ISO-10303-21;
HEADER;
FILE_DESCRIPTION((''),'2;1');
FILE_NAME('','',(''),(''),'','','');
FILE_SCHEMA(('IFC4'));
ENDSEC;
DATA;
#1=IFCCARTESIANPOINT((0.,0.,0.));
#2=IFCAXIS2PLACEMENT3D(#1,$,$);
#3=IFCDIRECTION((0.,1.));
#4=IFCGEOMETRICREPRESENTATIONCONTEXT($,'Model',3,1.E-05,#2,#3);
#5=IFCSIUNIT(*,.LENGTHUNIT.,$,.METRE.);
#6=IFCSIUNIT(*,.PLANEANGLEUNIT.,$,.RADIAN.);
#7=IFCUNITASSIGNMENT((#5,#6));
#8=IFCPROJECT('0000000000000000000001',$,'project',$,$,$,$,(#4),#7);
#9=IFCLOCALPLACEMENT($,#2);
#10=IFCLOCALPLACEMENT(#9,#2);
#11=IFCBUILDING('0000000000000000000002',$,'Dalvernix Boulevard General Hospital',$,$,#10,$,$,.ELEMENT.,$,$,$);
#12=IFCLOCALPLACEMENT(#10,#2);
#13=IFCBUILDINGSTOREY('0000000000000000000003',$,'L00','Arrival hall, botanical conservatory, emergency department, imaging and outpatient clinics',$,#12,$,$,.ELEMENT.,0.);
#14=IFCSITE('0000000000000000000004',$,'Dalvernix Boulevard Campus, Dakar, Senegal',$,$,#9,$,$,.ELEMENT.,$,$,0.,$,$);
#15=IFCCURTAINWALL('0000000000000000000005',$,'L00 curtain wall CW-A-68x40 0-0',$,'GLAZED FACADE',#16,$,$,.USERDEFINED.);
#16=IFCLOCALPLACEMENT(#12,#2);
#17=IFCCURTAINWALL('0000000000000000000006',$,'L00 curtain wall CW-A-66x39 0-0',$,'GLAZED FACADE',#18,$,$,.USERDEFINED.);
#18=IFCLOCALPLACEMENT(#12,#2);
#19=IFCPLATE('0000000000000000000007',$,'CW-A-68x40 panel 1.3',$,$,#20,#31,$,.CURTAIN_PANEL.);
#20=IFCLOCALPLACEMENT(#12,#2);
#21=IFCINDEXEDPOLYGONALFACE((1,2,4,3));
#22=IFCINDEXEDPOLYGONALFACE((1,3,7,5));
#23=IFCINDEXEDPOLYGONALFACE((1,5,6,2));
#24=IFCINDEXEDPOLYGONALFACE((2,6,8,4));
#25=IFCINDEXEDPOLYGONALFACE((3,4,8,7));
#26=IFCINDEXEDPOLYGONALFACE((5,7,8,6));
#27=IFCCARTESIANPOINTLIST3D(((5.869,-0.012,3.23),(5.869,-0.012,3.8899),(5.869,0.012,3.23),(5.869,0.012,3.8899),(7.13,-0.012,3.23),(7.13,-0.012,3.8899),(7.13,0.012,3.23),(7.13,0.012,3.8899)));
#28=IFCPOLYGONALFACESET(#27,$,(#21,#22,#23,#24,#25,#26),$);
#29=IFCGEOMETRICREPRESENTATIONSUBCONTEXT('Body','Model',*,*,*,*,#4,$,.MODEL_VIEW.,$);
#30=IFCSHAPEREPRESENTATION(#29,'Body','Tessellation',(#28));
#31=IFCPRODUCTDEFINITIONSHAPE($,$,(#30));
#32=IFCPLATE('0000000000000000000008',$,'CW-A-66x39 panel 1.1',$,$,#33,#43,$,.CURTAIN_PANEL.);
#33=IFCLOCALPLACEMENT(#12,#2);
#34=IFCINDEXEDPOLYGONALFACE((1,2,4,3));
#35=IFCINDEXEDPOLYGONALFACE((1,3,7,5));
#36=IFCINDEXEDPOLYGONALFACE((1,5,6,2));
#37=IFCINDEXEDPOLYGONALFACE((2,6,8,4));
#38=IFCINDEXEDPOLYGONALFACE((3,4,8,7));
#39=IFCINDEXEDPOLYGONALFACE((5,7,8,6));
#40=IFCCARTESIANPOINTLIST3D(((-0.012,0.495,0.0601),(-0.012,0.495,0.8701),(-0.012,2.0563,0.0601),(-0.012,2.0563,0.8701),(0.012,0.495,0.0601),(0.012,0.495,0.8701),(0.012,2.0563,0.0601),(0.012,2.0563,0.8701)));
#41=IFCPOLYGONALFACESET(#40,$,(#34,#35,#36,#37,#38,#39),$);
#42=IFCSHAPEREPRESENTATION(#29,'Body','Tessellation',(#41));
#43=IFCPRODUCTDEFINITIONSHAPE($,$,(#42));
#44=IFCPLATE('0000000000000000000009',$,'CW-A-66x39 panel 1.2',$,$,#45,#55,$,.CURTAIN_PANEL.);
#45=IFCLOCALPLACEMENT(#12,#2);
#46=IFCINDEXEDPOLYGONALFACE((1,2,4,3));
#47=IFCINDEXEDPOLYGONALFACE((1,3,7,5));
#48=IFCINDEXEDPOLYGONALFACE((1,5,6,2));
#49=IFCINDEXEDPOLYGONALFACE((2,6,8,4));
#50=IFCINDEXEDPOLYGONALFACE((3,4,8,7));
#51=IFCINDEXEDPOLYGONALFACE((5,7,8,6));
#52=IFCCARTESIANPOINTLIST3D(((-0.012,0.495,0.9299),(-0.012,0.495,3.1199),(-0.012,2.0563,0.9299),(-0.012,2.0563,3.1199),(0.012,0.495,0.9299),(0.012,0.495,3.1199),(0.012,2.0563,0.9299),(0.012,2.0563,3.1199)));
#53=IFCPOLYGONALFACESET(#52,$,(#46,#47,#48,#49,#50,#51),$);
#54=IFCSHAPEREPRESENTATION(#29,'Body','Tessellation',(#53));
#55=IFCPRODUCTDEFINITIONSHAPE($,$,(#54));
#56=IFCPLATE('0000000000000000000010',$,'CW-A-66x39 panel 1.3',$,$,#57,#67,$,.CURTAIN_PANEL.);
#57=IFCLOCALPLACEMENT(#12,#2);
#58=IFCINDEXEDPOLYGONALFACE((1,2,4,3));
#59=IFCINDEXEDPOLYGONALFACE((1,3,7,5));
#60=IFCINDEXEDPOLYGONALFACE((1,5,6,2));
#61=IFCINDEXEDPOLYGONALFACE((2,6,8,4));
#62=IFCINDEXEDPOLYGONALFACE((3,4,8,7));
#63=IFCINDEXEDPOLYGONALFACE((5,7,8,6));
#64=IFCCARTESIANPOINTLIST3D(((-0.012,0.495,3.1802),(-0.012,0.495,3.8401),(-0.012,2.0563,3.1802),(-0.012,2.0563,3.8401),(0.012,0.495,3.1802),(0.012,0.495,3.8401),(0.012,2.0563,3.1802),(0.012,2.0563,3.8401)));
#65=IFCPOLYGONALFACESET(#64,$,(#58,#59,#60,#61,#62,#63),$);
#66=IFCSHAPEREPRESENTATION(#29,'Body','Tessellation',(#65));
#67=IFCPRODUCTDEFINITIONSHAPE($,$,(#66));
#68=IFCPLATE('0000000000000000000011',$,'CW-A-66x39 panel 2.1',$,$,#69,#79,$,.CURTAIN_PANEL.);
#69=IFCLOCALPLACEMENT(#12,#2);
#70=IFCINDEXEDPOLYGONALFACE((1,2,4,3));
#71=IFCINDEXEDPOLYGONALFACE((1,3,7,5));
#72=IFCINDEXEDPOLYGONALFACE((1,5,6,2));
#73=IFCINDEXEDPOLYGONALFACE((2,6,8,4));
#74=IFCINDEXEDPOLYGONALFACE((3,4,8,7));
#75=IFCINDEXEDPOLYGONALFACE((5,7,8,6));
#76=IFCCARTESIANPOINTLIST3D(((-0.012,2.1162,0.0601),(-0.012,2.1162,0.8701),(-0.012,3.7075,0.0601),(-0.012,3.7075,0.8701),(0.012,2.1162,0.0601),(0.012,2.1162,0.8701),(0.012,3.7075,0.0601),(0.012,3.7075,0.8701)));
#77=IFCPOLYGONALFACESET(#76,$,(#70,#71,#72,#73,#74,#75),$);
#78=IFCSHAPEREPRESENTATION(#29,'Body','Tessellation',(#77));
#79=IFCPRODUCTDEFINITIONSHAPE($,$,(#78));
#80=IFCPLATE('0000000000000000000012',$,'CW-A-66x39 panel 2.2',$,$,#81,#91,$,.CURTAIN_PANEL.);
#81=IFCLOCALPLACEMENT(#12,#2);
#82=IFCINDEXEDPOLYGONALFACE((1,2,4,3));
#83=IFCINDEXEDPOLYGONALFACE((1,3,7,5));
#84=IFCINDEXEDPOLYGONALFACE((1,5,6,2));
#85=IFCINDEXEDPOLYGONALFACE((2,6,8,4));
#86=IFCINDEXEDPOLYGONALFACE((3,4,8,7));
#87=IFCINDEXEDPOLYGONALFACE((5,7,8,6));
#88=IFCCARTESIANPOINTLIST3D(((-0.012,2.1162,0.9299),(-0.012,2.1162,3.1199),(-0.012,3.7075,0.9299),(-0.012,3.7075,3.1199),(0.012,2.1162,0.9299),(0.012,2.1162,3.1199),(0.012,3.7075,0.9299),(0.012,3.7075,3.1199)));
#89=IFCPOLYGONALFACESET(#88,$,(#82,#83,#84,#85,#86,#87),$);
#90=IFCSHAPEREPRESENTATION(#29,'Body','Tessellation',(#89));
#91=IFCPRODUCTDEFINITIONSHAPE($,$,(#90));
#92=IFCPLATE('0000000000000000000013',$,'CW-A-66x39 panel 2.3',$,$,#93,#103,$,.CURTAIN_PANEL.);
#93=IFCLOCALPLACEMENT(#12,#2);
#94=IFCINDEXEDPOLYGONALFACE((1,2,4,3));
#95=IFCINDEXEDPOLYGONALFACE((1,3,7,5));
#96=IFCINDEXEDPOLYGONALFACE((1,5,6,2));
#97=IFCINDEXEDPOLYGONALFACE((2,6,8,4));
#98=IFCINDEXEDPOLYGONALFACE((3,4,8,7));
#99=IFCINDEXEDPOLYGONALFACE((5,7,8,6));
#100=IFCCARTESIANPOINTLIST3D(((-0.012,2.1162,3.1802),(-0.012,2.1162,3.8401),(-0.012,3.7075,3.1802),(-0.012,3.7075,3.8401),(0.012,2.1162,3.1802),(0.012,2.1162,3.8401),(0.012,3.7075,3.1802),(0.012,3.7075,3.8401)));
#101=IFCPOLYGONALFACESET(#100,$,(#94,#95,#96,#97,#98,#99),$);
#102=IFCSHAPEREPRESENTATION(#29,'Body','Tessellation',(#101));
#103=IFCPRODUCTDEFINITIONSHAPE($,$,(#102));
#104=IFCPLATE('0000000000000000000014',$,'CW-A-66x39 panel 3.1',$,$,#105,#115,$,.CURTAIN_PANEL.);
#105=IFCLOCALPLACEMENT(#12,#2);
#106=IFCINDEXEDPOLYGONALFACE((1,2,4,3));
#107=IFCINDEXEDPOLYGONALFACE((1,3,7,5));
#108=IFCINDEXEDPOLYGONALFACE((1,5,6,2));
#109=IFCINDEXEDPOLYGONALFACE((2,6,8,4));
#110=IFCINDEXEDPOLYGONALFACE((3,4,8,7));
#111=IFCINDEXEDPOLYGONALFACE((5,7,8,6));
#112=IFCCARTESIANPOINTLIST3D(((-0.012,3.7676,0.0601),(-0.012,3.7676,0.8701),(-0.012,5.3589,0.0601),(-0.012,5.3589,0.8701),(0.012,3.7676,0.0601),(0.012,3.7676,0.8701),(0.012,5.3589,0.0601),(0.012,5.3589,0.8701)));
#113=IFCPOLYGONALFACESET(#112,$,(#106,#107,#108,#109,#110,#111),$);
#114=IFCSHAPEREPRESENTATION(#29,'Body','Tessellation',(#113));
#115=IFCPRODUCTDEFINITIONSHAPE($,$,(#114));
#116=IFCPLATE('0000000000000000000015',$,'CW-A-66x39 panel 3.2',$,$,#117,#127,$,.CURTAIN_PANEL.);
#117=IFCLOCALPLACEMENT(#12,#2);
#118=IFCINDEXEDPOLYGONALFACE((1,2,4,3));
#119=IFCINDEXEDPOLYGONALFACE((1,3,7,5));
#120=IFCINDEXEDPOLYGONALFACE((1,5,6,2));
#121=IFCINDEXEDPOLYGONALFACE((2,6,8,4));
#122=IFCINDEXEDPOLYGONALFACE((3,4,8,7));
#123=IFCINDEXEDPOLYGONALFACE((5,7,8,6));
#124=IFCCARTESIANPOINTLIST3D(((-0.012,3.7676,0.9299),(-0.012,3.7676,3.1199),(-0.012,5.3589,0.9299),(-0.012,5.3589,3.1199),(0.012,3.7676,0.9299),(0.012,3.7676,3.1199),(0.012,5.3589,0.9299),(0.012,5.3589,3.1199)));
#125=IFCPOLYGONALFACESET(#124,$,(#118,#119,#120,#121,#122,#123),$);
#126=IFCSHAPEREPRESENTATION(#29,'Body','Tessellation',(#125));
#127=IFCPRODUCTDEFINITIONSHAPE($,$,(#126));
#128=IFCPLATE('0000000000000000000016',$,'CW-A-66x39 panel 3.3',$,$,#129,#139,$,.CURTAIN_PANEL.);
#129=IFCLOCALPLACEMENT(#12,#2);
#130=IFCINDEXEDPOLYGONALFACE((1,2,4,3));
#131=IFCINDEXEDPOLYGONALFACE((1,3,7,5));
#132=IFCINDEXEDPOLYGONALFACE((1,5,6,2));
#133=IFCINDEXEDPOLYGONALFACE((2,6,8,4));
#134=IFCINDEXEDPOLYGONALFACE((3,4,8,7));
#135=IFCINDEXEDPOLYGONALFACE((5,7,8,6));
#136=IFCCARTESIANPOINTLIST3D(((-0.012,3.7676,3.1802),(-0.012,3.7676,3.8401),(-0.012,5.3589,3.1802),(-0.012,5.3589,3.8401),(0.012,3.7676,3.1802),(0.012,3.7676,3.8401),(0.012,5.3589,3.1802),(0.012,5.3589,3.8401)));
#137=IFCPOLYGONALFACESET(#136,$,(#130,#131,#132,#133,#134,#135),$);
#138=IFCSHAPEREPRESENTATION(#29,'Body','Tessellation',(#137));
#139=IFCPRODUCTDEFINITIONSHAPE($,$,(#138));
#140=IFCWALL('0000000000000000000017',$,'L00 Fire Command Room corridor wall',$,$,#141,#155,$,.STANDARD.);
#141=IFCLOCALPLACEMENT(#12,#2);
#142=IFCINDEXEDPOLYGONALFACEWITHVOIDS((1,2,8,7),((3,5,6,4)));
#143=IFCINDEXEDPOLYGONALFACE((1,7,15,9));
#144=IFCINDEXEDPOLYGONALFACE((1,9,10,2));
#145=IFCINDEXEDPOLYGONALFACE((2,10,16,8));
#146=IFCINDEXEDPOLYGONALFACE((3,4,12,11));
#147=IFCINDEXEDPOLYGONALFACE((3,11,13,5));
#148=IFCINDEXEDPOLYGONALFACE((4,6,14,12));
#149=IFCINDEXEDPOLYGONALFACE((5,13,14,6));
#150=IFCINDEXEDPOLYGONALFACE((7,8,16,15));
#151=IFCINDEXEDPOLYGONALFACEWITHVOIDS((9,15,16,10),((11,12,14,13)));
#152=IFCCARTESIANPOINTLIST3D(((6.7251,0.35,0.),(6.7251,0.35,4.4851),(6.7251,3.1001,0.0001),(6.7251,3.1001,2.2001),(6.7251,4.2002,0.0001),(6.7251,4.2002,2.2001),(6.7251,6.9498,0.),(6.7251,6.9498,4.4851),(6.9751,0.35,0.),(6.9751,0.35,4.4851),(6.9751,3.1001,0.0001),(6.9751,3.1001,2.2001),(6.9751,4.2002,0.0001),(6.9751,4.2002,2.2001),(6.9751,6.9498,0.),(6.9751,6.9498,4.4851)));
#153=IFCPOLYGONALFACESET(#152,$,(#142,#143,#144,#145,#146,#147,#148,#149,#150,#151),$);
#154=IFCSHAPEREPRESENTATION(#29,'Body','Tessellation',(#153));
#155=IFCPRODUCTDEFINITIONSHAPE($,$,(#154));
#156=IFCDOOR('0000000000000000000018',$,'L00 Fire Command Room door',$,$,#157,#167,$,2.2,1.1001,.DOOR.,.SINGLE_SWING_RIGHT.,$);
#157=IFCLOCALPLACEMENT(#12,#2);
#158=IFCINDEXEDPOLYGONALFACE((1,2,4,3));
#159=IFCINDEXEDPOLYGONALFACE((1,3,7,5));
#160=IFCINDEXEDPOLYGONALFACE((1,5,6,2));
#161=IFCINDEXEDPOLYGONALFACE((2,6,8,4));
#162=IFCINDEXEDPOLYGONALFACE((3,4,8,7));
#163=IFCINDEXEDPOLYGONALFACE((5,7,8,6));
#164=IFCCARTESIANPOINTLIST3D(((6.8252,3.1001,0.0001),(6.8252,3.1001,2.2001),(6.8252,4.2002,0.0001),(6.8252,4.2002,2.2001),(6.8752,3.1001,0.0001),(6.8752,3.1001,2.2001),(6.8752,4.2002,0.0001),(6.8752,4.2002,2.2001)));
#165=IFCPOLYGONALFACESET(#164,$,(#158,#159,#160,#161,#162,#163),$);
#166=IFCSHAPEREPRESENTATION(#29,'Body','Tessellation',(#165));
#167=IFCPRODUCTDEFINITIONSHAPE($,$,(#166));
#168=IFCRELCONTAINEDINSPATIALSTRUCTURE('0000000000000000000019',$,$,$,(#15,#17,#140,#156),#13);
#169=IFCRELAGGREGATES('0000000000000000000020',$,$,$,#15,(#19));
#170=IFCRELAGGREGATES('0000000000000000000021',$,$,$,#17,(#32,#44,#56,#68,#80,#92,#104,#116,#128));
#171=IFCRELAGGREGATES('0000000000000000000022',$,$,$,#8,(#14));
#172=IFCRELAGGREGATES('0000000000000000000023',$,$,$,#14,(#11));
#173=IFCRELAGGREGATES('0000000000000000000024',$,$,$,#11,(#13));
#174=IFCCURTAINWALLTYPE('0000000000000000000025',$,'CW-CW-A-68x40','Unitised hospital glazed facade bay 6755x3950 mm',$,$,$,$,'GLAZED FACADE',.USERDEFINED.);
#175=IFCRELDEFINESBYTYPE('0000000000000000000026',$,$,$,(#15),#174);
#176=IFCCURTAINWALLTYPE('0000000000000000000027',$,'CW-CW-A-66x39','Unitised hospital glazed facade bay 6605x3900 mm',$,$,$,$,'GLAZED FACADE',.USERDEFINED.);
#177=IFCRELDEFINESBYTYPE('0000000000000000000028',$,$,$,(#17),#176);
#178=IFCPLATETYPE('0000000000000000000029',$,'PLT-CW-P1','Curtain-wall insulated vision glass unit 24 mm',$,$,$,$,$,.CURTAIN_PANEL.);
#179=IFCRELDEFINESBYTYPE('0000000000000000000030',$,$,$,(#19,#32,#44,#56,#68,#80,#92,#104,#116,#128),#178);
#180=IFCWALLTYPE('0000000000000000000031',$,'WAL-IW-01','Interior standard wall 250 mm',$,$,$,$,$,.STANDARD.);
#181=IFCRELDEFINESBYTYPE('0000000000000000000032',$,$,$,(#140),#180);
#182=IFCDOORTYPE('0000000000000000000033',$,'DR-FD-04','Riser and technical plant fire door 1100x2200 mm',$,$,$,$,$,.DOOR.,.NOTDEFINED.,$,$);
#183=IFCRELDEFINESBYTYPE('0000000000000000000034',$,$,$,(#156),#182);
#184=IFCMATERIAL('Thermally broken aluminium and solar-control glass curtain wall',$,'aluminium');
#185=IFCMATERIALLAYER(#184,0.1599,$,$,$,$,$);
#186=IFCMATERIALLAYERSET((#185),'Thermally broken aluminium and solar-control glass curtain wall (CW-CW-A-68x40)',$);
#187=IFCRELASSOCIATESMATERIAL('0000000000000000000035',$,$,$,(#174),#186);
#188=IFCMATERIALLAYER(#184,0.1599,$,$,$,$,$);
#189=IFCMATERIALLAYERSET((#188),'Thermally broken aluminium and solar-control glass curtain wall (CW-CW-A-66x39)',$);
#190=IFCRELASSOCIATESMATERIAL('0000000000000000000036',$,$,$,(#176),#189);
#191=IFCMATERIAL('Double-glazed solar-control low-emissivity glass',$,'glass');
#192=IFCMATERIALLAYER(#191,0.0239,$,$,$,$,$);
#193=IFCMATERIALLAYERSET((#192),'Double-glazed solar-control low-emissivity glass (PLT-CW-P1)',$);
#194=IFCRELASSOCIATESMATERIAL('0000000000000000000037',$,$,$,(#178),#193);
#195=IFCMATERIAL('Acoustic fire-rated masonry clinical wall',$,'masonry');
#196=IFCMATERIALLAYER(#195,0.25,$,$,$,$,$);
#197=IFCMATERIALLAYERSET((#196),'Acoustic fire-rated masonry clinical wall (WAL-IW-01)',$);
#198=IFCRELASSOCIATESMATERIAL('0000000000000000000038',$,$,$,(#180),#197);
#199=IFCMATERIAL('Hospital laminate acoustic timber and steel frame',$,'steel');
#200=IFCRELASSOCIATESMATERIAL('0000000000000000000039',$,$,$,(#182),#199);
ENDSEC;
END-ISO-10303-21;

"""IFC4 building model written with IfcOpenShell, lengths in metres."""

from ifc_helpers import new_model, si_unit, direction, frame, frame_2d, origin, origin_2d, place, context, subcontext, project, spatial, rectangle, extrude, material, layer, layer_set, type_object, element, fill, aggregate, save


model = new_model("IFC4")

# Units and contexts
model_context = context("Model", 3, precision=1e-05, world=origin(), true_north=direction((0.0, 1.0)))
body_context = subcontext(model_context, "Body", "Model", "MODEL_VIEW")
ifc_project = project(units=[si_unit("LENGTHUNIT", "METRE"), si_unit("PLANEANGLEUNIT", "RADIAN")], contexts=[model_context])

# Site, building, storey
site_placement = place(None, origin())
site = spatial("IfcSite", under=ifc_project, at=site_placement, Name="Dalvernix Boulevard Campus, Dakar, Senegal", CompositionType="ELEMENT", RefElevation=0.0)
building_placement = place(site_placement, origin())
building = spatial("IfcBuilding", under=site, at=building_placement, Name="Dalvernix Boulevard General Hospital", CompositionType="ELEMENT")
storey_placement = place(building_placement, origin())
storey = spatial("IfcBuildingStorey", under=building, at=storey_placement, Name="L00", Description="Arrival hall, botanical conservatory, emergency department, imaging and outpatient clinics", CompositionType="ELEMENT", Elevation=0.0)

# Curtain wall
ifc_material_1 = material(Name="Thermally broken aluminium and solar-control glass curtain wall", Category="aluminium")
ifc_layer_1 = layer(ifc_material_1, 0.1599)
ifc_layer_set_1 = layer_set([ifc_layer_1], Name="Thermally broken aluminium and solar-control glass curtain wall (CW-CW-A-68x40)")
curtain_wall_type_1 = type_object("IfcCurtainWallType", Name="CW-CW-A-68x40", Description="Unitised hospital glazed facade bay 6755x3950 mm", ElementType="GLAZED FACADE", PredefinedType="USERDEFINED", material=ifc_layer_set_1)
curtain_wall_1_placement = place(storey_placement, origin())
curtain_wall_1 = element("IfcCurtainWall", 1, at=curtain_wall_1_placement, inside=storey, type_object=curtain_wall_type_1, Name="L00 curtain wall CW-A-68x40 0-0", ObjectType="GLAZED FACADE", PredefinedType="USERDEFINED")

# Curtain wall
ifc_layer_2 = layer(ifc_material_1, 0.1599)
ifc_layer_set_2 = layer_set([ifc_layer_2], Name="Thermally broken aluminium and solar-control glass curtain wall (CW-CW-A-66x39)")
curtain_wall_type_2 = type_object("IfcCurtainWallType", Name="CW-CW-A-66x39", Description="Unitised hospital glazed facade bay 6605x3900 mm", ElementType="GLAZED FACADE", PredefinedType="USERDEFINED", material=ifc_layer_set_2)
curtain_wall_2_placement = place(storey_placement, origin())
curtain_wall_2 = element("IfcCurtainWall", 2, at=curtain_wall_2_placement, inside=storey, type_object=curtain_wall_type_2, Name="L00 curtain wall CW-A-66x39 0-0", ObjectType="GLAZED FACADE", PredefinedType="USERDEFINED")

# Plates
ifc_material_2 = material(Name="Double-glazed solar-control low-emissivity glass", Category="glass")
ifc_layer_3 = layer(ifc_material_2, 0.0239)
ifc_layer_set_3 = layer_set([ifc_layer_3], Name="Double-glazed solar-control low-emissivity glass (PLT-CW-P1)")
plate_type = type_object("IfcPlateType", Name="PLT-CW-P1", Description="Curtain-wall insulated vision glass unit 24 mm", PredefinedType="CURTAIN_PANEL", material=ifc_layer_set_3)
plate_1_placement = place(storey_placement, frame((6.4995, 0.0, 3.23), z_axis=(0.0, 0.0, 1.0), x_axis=(-1.0, 0.0, 0.0)))
plate_1 = element("IfcPlate", 3, at=plate_1_placement, type_object=plate_type, Name="CW-A-68x40 panel 1.3", PredefinedType="CURTAIN_PANEL", context=body_context, shape_type="SweptSolid", body=[
    extrude(rectangle(XDim=1.261, YDim=0.0239, at=origin_2d()), origin(), (0.0, 0.0, 1.0), 0.6599),
])
aggregate(curtain_wall_1, [plate_1])
plate_2_placement = place(storey_placement, frame((0.0, 1.2756, 0.0601), z_axis=(0.0, 0.0, 1.0), x_axis=(0.0, 1.0, 0.0)))
plate_2 = element("IfcPlate", 4, at=plate_2_placement, type_object=plate_type, Name="CW-A-66x39 panel 1.1", PredefinedType="CURTAIN_PANEL", context=body_context, shape_type="SweptSolid", body=[
    extrude(rectangle(XDim=1.5613, YDim=0.0239, at=origin_2d()), origin(), (0.0, 0.0, 1.0), 0.8101),
])
plate_3_placement = place(storey_placement, frame((0.0, 1.2756, 0.9299), z_axis=(0.0, 0.0, 1.0), x_axis=(0.0, 1.0, 0.0)))
plate_3 = element("IfcPlate", 5, at=plate_3_placement, type_object=plate_type, Name="CW-A-66x39 panel 1.2", PredefinedType="CURTAIN_PANEL", context=body_context, shape_type="SweptSolid", body=[
    extrude(rectangle(XDim=1.5613, YDim=0.0239, at=origin_2d()), origin(), (0.0, 0.0, 1.0), 2.1899),
])
plate_4_placement = place(storey_placement, frame((0.0, 1.2756, 3.1802), z_axis=(0.0, 0.0, 1.0), x_axis=(0.0, 1.0, 0.0)))
plate_4 = element("IfcPlate", 6, at=plate_4_placement, type_object=plate_type, Name="CW-A-66x39 panel 1.3", PredefinedType="CURTAIN_PANEL", context=body_context, shape_type="SweptSolid", body=[
    extrude(rectangle(XDim=1.5613, YDim=0.0239, at=origin_2d()), origin(), (0.0, 0.0, 1.0), 0.6599),
])
plate_5_placement = place(storey_placement, frame((0.0, 2.9119, 0.0601), z_axis=(0.0, 0.0, 1.0), x_axis=(0.0, 1.0, 0.0)))
plate_5 = element("IfcPlate", 7, at=plate_5_placement, type_object=plate_type, Name="CW-A-66x39 panel 2.1", PredefinedType="CURTAIN_PANEL", context=body_context, shape_type="SweptSolid", body=[
    extrude(rectangle(XDim=1.5913, YDim=0.0239, at=origin_2d()), origin(), (0.0, 0.0, 1.0), 0.8101),
])
plate_6_placement = place(storey_placement, frame((0.0, 2.9119, 0.9299), z_axis=(0.0, 0.0, 1.0), x_axis=(0.0, 1.0, 0.0)))
plate_6 = element("IfcPlate", 8, at=plate_6_placement, type_object=plate_type, Name="CW-A-66x39 panel 2.2", PredefinedType="CURTAIN_PANEL", context=body_context, shape_type="SweptSolid", body=[
    extrude(rectangle(XDim=1.5913, YDim=0.0239, at=origin_2d()), origin(), (0.0, 0.0, 1.0), 2.1899),
])
plate_7_placement = place(storey_placement, frame((0.0, 2.9119, 3.1802), z_axis=(0.0, 0.0, 1.0), x_axis=(0.0, 1.0, 0.0)))
plate_7 = element("IfcPlate", 9, at=plate_7_placement, type_object=plate_type, Name="CW-A-66x39 panel 2.3", PredefinedType="CURTAIN_PANEL", context=body_context, shape_type="SweptSolid", body=[
    extrude(rectangle(XDim=1.5913, YDim=0.0239, at=origin_2d()), origin(), (0.0, 0.0, 1.0), 0.6599),
])
plate_8_placement = place(storey_placement, frame((0.0, 4.5632, 0.0601), z_axis=(0.0, 0.0, 1.0), x_axis=(0.0, 1.0, 0.0)))
plate_8 = element("IfcPlate", 10, at=plate_8_placement, type_object=plate_type, Name="CW-A-66x39 panel 3.1", PredefinedType="CURTAIN_PANEL", context=body_context, shape_type="SweptSolid", body=[
    extrude(rectangle(XDim=1.5913, YDim=0.0239, at=origin_2d()), origin(), (0.0, 0.0, 1.0), 0.8101),
])
plate_9_placement = place(storey_placement, frame((0.0, 4.5632, 0.9299), z_axis=(0.0, 0.0, 1.0), x_axis=(0.0, 1.0, 0.0)))
plate_9 = element("IfcPlate", 11, at=plate_9_placement, type_object=plate_type, Name="CW-A-66x39 panel 3.2", PredefinedType="CURTAIN_PANEL", context=body_context, shape_type="SweptSolid", body=[
    extrude(rectangle(XDim=1.5913, YDim=0.0239, at=origin_2d()), origin(), (0.0, 0.0, 1.0), 2.1899),
])
plate_10_placement = place(storey_placement, frame((0.0, 4.5632, 3.1802), z_axis=(0.0, 0.0, 1.0), x_axis=(0.0, 1.0, 0.0)))
plate_10 = element("IfcPlate", 12, at=plate_10_placement, type_object=plate_type, Name="CW-A-66x39 panel 3.3", PredefinedType="CURTAIN_PANEL", context=body_context, shape_type="SweptSolid", body=[
    extrude(rectangle(XDim=1.5913, YDim=0.0239, at=origin_2d()), origin(), (0.0, 0.0, 1.0), 0.6599),
])
aggregate(curtain_wall_2, [plate_2, plate_3, plate_4, plate_5, plate_6, plate_7, plate_8, plate_9, plate_10])

# Wall, opening, door
ifc_material_3 = material(Name="Acoustic fire-rated masonry clinical wall", Category="masonry")
ifc_layer_4 = layer(ifc_material_3, 0.25)
ifc_layer_set_4 = layer_set([ifc_layer_4], Name="Acoustic fire-rated masonry clinical wall (WAL-IW-01)")
wall_type = type_object("IfcWallType", Name="WAL-IW-01", Description="Interior standard wall 250 mm", PredefinedType="STANDARD", material=ifc_layer_set_4)
wall_placement = place(storey_placement, frame((6.8501, 0.3501, 0.0), z_axis=(0.0, 0.0, 1.0), x_axis=(0.0, 1.0, 0.0)))
wall = element("IfcWall", 13, at=wall_placement, inside=storey, type_object=wall_type, Name="L00 Fire Command Room corridor wall", PredefinedType="STANDARD", context=body_context, shape_type="SweptSolid", body=[
    extrude(rectangle(XDim=6.5999, YDim=0.25, at=frame_2d((3.2998, 0.0))), origin(), (0.0, 0.0, 1.0), 4.4851),
])
opening_placement = place(wall_placement, frame((2.75, 0.0, 0.0)))
opening = element("IfcOpeningElement", 14, at=opening_placement, cuts=wall, PredefinedType="OPENING", context=body_context, shape_type="SweptSolid", body=[
    extrude(rectangle(XDim=1.1001, YDim=2.2, at=frame_2d((0.55, 1.1001))), frame((0.0, 0.135, 0.0), z_axis=(0.0, -1.0, 0.0), x_axis=(1.0, 0.0, 0.0)), (0.0, 0.0, 1.0), 0.27),
])
ifc_material_4 = material(Name="Hospital laminate acoustic timber and steel frame", Category="steel")
door_type = type_object("IfcDoorType", Name="DR-FD-04", Description="Riser and technical plant fire door 1100x2200 mm", OperationType="NOTDEFINED", PredefinedType="DOOR", material=ifc_material_4)
door_placement = place(opening_placement, origin())
door = element("IfcDoor", 15, at=door_placement, inside=storey, type_object=door_type, Name="L00 Fire Command Room door", OperationType="SINGLE_SWING_RIGHT", OverallHeight=2.2, OverallWidth=1.1001, PredefinedType="DOOR", context=body_context, shape_type="SweptSolid", body=[
    extrude(rectangle(XDim=1.1001, YDim=2.2, at=frame_2d((0.55, 1.1001))), frame((0.0, 0.0249, 0.0), z_axis=(0.0, -1.0, 0.0), x_axis=(1.0, 0.0, 0.0)), (0.0, 0.0, 1.0), 0.05),
])
fill(opening, door)

save(model, "model.ifc")
